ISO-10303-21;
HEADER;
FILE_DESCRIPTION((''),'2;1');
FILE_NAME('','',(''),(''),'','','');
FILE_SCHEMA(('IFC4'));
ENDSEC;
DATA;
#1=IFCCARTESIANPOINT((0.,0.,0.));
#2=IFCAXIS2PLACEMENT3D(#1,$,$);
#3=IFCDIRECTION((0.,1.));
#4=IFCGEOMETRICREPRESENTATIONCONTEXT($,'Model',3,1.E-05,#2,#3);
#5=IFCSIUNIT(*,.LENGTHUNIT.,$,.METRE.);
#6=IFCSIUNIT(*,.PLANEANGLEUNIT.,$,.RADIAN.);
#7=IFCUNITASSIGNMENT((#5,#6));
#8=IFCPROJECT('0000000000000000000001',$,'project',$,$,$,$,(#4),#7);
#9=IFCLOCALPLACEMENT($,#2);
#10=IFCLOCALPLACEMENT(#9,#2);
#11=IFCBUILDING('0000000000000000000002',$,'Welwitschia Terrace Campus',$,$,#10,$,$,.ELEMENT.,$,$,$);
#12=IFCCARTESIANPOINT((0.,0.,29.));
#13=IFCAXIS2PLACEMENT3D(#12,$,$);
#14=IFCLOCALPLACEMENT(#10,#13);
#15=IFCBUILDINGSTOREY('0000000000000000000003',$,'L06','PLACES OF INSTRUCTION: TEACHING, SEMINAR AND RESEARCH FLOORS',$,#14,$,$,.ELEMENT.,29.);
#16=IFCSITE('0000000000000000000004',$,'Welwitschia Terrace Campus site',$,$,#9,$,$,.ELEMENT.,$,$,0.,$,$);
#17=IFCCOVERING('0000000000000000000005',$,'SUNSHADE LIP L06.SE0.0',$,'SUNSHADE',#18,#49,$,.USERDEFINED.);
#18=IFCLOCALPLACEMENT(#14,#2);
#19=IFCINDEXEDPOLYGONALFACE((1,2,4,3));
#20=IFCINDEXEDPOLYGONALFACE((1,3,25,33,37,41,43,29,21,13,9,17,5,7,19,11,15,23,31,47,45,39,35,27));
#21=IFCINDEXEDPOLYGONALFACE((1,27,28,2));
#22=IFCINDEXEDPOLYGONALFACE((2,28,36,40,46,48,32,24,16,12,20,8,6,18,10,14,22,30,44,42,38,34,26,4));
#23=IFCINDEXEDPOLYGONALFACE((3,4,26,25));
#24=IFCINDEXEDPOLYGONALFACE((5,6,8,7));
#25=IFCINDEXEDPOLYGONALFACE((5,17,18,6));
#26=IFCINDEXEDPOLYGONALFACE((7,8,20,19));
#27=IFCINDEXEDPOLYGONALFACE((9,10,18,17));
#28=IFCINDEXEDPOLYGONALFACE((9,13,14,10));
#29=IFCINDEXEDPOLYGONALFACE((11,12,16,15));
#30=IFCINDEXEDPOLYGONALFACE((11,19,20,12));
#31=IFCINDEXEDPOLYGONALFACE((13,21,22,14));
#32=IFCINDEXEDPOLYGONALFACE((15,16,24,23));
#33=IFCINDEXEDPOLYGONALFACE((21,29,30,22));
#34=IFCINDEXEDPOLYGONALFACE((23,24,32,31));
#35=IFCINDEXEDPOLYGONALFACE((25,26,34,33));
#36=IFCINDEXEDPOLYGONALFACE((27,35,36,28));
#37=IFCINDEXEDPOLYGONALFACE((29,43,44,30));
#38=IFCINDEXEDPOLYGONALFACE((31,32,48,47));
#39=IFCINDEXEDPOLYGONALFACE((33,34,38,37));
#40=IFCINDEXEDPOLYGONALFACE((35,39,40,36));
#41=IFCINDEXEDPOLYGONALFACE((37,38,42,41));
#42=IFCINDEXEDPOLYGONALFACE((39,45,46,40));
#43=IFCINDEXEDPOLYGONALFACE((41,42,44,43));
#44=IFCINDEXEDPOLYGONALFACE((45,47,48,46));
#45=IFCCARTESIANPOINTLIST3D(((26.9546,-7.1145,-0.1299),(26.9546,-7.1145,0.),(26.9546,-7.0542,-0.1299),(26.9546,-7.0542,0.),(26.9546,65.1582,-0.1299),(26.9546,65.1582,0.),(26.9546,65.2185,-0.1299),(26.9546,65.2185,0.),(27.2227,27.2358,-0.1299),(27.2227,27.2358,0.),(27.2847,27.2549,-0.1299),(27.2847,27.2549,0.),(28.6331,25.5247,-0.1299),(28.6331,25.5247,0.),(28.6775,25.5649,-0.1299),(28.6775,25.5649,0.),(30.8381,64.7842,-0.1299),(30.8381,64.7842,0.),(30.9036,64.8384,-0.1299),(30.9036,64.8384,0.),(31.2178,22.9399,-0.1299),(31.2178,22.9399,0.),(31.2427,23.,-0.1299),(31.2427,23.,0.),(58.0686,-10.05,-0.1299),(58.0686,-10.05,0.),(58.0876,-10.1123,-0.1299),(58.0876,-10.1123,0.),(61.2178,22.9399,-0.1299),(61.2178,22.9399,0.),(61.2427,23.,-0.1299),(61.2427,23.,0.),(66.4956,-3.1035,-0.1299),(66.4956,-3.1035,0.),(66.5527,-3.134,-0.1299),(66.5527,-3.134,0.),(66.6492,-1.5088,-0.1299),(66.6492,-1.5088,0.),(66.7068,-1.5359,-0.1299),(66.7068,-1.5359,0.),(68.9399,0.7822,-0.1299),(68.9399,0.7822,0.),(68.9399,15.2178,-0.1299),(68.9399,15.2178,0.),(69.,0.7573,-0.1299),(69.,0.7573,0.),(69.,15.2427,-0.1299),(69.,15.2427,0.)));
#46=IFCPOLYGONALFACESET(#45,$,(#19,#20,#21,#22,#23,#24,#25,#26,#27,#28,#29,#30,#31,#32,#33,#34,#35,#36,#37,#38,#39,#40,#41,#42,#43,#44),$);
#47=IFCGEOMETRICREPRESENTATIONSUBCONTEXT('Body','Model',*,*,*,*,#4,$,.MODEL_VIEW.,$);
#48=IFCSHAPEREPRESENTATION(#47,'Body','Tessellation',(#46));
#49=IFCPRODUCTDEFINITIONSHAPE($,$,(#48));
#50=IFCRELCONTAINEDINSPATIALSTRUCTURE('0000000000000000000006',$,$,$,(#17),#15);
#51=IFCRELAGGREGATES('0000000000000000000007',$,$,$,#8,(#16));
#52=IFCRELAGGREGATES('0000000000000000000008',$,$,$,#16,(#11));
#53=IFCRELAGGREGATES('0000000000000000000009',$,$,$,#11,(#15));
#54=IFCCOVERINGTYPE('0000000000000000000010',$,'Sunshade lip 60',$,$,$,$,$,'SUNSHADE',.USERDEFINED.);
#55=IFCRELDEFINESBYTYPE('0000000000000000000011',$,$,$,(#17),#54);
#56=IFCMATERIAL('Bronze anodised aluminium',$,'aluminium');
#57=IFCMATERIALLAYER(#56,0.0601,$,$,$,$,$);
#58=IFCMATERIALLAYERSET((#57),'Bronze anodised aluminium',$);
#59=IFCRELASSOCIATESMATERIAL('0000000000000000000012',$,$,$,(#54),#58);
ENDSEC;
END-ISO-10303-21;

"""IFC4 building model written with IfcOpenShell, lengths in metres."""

from ifc_helpers import new_model, si_unit, direction, frame, origin, place, context, subcontext, project, spatial, polyline, outline, extrude, material, layer, layer_set, type_object, element, save


model = new_model("IFC4")

# Units and contexts
model_context = context("Model", 3, precision=1e-05, world=origin(), true_north=direction((0.0, 1.0)))
body_context = subcontext(model_context, "Body", "Model", "MODEL_VIEW")
ifc_project = project(units=[si_unit("LENGTHUNIT", "METRE"), si_unit("PLANEANGLEUNIT", "RADIAN")], contexts=[model_context])

# Site, building, storey
site_placement = place(None, origin())
site = spatial("IfcSite", under=ifc_project, at=site_placement, Name="Welwitschia Terrace Campus site", CompositionType="ELEMENT", RefElevation=0.0)
building_placement = place(site_placement, origin())
building = spatial("IfcBuilding", under=site, at=building_placement, Name="Welwitschia Terrace Campus", CompositionType="ELEMENT")
storey_placement = place(building_placement, frame((0.0, 0.0, 29.0)))
storey = spatial("IfcBuildingStorey", under=building, at=storey_placement, Name="L06", Description="PLACES OF INSTRUCTION: TEACHING, SEMINAR AND RESEARCH FLOORS", CompositionType="ELEMENT", Elevation=29.0)

# Covering
ifc_material_1 = material(Name="Bronze anodised aluminium", Category="aluminium")
ifc_layer_1 = layer(ifc_material_1, 0.0601)
ifc_layer_set_1 = layer_set([ifc_layer_1], Name="Bronze anodised aluminium")
covering_type_1 = type_object("IfcCoveringType", Name="Sunshade lip 60", ElementType="SUNSHADE", PredefinedType="USERDEFINED", material=ifc_layer_set_1)
covering_1_placement = place(storey_placement, frame((0.0, 0.0, -0.1299)))
element("IfcCovering", 1, at=covering_1_placement, inside=storey, type_object=covering_type_1, Name="SUNSHADE LIP L06.SE0.0", ObjectType="SUNSHADE", PredefinedType="USERDEFINED", context=body_context, shape_type="SweptSolid", body=[
    extrude(outline(polyline([(27.2847, 27.2549), (28.6775, 25.5649), (31.2427, 23.0), (61.2427, 23.0), (69.0, 15.2427), (69.0, 0.7573), (66.7068, -1.5359), (66.5527, -3.134), (58.0876, -10.1123), (26.9546, -7.1145), (26.9546, -7.0542), (58.0686, -10.05), (66.4956, -3.1035), (66.6492, -1.5088), (68.9399, 0.7822), (68.9399, 15.2178), (61.2178, 22.9399), (31.2178, 22.9399), (28.6331, 25.5247), (27.2227, 27.2358), (30.8381, 64.7842), (26.9546, 65.1582), (26.9546, 65.2185), (30.9036, 64.8384), (27.2847, 27.2549)])), origin(), (0.0, 0.0, 1.0), 0.1299),
])

save(model, "model.ifc")
